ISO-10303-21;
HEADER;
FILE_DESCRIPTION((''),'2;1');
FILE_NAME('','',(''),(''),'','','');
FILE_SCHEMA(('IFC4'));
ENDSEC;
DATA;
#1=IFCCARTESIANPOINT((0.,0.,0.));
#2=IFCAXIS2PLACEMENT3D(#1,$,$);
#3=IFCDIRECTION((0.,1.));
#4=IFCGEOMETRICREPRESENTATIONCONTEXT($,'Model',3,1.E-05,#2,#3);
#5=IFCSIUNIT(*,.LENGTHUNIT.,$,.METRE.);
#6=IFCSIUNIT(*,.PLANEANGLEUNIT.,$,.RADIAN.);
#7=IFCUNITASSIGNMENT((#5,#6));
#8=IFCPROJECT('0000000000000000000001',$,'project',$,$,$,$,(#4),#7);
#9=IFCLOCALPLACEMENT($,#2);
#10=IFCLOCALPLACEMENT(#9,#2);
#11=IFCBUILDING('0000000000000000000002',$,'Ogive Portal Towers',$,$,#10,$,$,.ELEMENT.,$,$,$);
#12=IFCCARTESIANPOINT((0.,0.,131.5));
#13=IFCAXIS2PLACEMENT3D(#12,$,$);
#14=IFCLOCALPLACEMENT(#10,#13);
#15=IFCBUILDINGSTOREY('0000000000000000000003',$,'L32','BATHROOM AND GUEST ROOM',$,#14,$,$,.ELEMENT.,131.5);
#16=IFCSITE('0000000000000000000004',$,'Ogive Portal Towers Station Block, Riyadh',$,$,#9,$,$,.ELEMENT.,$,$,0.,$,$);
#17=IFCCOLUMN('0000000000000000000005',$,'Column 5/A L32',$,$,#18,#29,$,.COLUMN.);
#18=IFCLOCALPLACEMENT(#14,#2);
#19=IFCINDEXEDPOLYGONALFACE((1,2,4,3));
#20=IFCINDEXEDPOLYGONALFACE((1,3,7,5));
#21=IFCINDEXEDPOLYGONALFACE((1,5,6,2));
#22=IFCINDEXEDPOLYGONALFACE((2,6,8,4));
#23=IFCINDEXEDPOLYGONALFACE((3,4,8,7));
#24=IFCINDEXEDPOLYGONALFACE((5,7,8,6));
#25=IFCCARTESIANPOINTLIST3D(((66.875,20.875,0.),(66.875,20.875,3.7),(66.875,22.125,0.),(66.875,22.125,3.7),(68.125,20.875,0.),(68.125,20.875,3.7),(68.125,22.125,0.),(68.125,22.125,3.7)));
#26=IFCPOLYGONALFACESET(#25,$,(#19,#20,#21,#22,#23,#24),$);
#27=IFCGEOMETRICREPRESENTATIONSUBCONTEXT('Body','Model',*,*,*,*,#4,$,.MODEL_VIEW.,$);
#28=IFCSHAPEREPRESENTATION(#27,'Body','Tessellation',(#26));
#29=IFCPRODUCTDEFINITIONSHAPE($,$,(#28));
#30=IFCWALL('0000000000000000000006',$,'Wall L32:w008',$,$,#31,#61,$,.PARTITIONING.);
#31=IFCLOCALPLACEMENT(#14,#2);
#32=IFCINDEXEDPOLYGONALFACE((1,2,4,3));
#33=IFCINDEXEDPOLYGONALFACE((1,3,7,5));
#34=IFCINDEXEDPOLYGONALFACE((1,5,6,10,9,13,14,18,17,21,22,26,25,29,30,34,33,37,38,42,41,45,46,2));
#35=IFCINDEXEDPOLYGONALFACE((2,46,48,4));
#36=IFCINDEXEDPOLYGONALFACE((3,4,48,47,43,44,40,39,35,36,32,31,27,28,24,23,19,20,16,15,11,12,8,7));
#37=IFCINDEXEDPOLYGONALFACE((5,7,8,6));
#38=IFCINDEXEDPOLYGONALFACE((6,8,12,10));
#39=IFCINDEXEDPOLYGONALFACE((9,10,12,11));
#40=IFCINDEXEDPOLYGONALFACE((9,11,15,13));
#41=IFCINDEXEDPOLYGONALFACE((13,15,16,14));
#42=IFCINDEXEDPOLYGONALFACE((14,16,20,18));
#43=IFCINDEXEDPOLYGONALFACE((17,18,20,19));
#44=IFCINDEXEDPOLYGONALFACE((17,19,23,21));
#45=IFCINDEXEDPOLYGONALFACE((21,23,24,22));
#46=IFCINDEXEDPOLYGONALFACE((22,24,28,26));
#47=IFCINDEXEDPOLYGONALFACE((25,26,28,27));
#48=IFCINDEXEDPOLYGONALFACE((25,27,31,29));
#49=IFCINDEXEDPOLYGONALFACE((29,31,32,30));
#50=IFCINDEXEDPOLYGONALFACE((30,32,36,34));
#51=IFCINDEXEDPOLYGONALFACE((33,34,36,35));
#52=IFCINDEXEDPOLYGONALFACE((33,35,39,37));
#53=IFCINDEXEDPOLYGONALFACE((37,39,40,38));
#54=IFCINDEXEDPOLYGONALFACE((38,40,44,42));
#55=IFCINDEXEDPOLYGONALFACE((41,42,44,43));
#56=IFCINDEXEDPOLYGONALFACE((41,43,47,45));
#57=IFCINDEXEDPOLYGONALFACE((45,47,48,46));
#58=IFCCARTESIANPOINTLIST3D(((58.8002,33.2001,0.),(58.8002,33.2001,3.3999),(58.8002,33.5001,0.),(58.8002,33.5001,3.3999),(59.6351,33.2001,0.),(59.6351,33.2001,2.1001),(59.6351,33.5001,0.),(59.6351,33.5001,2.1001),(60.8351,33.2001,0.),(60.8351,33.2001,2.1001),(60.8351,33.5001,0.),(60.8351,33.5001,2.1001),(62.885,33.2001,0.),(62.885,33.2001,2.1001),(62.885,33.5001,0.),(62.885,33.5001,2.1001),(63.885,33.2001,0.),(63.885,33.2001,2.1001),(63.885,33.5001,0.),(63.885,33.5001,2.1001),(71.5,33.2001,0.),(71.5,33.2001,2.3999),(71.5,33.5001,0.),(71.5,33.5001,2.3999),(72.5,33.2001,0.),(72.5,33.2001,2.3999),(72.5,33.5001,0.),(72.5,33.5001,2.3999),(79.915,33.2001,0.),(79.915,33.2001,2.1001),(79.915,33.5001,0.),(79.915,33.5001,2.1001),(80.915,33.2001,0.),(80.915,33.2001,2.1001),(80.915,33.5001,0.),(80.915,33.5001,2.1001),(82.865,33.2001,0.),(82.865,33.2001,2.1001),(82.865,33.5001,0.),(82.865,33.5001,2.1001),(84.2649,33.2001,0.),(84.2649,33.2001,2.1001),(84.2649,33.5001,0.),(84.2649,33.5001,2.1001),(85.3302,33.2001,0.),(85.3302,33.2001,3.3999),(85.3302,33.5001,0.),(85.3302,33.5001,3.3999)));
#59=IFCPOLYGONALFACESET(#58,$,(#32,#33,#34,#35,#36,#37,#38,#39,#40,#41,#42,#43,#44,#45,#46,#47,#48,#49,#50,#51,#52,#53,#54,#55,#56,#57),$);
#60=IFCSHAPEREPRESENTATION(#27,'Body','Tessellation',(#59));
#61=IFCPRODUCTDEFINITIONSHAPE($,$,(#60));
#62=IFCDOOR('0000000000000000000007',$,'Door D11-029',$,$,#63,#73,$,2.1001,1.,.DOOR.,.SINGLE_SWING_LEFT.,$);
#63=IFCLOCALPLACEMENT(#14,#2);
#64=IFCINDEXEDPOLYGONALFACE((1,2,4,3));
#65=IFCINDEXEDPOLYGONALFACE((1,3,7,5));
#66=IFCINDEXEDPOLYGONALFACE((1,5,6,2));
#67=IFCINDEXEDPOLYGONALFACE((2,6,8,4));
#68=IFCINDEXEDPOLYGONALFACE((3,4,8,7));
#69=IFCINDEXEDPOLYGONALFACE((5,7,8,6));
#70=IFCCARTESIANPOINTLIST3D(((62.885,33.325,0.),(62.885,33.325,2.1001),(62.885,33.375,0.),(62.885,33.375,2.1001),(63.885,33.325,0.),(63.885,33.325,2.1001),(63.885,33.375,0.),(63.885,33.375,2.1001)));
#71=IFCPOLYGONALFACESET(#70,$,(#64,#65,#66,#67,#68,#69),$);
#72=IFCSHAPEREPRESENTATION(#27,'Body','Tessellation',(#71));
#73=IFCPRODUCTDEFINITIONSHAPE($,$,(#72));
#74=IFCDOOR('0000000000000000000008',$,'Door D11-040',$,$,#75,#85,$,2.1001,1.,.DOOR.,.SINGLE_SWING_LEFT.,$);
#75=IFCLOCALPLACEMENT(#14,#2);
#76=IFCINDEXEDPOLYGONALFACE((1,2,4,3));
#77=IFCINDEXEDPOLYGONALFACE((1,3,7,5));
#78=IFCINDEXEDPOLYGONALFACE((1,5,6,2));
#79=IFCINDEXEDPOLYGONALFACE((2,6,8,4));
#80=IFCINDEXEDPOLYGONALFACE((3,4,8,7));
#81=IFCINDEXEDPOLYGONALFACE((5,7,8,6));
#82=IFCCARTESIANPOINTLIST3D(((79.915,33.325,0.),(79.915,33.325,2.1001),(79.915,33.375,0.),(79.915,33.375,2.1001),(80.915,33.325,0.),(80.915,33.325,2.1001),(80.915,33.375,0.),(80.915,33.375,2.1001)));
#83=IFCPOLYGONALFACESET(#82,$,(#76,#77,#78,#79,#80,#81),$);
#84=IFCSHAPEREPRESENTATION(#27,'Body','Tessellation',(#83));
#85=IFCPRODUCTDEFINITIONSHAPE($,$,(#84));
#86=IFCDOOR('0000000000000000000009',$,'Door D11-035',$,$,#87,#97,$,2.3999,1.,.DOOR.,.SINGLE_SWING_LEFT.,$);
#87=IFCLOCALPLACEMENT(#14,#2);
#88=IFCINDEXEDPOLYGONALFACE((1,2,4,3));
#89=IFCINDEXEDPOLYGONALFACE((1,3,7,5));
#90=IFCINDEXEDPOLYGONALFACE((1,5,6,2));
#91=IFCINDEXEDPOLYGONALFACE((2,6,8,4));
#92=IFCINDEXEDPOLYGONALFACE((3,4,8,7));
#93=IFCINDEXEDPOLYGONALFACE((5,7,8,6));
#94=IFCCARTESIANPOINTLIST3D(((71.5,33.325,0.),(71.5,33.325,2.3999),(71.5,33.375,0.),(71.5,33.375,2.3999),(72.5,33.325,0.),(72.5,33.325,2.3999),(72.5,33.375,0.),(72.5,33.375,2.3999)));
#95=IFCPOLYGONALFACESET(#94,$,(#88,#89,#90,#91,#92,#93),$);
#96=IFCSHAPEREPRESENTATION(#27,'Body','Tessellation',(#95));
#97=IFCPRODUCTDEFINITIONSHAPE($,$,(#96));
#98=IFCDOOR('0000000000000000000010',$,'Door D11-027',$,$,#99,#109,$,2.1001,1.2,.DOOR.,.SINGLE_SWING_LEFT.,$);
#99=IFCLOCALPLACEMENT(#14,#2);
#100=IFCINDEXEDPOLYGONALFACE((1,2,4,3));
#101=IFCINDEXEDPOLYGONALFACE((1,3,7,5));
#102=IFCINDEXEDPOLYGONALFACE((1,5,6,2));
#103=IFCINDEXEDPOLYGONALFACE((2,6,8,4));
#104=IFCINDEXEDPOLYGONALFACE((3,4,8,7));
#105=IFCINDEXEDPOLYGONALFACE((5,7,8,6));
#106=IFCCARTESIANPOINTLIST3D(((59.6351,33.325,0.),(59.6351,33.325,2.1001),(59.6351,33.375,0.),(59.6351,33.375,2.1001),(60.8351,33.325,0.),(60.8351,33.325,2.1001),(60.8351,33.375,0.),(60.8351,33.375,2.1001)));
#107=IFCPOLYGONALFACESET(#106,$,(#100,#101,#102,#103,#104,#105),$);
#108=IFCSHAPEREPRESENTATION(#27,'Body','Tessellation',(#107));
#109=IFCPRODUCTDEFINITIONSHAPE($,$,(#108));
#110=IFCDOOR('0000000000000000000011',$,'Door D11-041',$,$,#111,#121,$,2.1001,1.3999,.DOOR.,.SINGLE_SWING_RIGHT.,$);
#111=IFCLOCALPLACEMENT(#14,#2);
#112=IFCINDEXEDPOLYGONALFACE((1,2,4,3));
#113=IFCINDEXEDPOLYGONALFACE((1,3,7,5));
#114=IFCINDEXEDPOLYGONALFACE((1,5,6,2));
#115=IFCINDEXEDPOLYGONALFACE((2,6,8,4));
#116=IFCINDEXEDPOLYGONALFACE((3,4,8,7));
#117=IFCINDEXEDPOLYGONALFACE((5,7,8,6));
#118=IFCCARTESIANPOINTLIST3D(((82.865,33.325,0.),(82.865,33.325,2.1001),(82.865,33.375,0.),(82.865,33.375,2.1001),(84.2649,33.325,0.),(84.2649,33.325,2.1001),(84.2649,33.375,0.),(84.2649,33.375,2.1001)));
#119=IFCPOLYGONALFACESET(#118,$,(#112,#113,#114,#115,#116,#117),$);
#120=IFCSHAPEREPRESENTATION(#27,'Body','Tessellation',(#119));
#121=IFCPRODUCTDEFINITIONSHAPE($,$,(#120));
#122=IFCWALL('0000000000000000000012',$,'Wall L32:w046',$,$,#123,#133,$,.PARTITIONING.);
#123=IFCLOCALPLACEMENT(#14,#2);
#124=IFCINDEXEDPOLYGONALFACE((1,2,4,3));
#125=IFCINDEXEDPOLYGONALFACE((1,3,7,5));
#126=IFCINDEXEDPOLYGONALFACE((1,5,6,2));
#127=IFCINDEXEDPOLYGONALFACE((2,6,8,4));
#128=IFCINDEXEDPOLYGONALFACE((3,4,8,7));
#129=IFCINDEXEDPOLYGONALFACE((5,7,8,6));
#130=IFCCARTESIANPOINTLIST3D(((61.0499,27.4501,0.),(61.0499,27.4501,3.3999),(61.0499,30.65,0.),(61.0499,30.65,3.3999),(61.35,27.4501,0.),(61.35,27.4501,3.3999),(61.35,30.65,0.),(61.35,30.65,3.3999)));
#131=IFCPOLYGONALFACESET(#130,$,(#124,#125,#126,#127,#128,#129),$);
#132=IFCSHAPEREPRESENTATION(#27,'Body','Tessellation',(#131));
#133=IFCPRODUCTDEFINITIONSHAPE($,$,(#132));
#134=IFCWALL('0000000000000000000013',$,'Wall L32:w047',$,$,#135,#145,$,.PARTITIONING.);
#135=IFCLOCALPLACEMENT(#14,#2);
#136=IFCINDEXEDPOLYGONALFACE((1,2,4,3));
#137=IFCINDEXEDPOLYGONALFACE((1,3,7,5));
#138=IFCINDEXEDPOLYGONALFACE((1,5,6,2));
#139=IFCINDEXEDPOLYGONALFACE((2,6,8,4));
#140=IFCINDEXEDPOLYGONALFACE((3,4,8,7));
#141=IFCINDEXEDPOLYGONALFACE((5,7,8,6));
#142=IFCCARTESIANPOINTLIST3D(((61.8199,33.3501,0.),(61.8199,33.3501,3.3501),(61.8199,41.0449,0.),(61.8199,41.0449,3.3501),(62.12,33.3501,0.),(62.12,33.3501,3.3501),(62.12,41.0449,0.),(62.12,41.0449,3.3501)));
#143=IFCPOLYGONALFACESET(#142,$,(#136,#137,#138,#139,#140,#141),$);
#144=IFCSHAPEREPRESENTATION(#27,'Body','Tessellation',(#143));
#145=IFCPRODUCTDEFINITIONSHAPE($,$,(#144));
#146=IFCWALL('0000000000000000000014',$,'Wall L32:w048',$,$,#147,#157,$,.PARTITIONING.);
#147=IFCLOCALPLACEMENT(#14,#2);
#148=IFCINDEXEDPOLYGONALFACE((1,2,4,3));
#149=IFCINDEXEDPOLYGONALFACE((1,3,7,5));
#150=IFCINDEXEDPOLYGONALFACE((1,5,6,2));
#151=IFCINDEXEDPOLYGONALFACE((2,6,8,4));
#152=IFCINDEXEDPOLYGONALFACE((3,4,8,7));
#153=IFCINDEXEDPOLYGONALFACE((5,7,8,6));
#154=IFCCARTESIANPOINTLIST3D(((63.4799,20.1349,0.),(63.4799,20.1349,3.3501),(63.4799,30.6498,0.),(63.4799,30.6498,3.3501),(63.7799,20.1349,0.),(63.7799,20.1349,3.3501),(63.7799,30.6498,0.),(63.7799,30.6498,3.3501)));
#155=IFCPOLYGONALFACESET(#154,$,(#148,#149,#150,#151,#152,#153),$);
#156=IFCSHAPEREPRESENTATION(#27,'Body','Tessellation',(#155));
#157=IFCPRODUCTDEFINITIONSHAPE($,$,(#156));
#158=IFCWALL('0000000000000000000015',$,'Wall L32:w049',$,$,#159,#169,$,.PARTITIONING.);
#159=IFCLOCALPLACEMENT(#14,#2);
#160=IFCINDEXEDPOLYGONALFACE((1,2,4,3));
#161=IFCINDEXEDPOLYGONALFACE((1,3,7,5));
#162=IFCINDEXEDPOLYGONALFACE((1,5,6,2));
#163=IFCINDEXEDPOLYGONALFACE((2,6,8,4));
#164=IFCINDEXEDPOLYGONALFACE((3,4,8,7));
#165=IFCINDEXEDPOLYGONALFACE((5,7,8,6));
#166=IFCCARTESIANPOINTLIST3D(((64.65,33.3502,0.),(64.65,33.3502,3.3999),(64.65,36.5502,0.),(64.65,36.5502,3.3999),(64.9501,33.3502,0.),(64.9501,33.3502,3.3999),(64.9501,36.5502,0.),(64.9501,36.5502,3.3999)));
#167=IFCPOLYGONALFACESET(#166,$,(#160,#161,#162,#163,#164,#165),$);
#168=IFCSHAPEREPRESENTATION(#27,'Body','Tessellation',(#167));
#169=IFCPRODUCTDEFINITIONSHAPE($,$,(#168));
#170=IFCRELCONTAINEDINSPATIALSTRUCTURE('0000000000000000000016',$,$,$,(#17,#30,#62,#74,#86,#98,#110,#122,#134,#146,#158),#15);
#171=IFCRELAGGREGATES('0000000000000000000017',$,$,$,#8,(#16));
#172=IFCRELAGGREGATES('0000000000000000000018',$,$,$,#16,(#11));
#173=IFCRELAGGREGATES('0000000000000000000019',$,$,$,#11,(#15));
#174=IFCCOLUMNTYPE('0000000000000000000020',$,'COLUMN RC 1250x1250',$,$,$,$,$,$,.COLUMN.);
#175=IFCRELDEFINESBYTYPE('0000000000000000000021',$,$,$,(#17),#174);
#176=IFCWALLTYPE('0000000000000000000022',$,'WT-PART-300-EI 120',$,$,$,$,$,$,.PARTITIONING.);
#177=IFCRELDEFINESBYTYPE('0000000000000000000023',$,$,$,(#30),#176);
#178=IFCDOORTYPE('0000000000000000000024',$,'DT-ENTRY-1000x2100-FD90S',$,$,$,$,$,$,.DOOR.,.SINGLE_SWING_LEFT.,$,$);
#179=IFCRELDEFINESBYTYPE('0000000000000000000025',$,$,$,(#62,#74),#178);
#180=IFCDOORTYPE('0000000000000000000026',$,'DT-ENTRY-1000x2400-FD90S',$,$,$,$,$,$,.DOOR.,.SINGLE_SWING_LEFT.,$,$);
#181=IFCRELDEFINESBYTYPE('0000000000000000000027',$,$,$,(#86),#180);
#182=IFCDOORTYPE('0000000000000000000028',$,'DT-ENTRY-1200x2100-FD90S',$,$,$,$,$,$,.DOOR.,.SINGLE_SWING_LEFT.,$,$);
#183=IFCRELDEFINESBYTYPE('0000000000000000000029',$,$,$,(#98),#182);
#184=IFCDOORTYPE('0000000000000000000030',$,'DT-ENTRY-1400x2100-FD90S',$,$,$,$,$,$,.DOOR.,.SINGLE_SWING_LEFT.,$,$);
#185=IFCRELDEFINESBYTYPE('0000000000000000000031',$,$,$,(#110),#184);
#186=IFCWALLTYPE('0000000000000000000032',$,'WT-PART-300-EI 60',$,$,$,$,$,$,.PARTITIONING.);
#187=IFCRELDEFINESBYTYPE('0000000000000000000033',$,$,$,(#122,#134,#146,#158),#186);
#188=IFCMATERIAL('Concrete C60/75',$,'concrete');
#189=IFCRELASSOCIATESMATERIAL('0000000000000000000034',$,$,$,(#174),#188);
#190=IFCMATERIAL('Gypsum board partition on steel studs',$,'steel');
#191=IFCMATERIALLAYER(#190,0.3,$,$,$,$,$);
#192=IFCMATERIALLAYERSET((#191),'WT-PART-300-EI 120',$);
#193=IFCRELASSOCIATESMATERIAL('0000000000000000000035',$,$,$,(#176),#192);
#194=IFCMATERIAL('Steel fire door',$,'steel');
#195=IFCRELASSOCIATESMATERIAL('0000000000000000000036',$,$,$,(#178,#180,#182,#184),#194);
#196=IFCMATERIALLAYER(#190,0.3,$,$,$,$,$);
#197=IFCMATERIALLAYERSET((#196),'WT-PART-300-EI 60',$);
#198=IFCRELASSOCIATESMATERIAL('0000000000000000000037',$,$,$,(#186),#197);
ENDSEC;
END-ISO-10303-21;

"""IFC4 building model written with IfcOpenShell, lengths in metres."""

from ifc_helpers import new_model, si_unit, direction, frame, frame_2d, origin, origin_2d, place, context, subcontext, project, spatial, rectangle, extrude, material, layer, layer_set, material_profile, profile_set, type_object, element, fill, save


model = new_model("IFC4")

# Units and contexts
model_context = context("Model", 3, precision=1e-05, world=origin(), true_north=direction((0.0, 1.0)))
body_context = subcontext(model_context, "Body", "Model", "MODEL_VIEW")
ifc_project = project(units=[si_unit("LENGTHUNIT", "METRE"), si_unit("PLANEANGLEUNIT", "RADIAN")], contexts=[model_context])

# Site, building, storey
site_placement = place(None, origin())
site = spatial("IfcSite", under=ifc_project, at=site_placement, Name="Ogive Portal Towers Station Block, Riyadh", CompositionType="ELEMENT", RefElevation=0.0)
building_placement = place(site_placement, origin())
building = spatial("IfcBuilding", under=site, at=building_placement, Name="Ogive Portal Towers", CompositionType="ELEMENT")
storey_placement = place(building_placement, frame((0.0, 0.0, 131.5)))
storey = spatial("IfcBuildingStorey", under=building, at=storey_placement, Name="L32", Description="BATHROOM AND GUEST ROOM", CompositionType="ELEMENT", Elevation=131.5)

# Column
ifc_material_1 = material(Name="Concrete C60/75", Category="concrete")
ifc_material_profile = material_profile(ifc_material_1, rectangle(XDim=1.25, YDim=1.25, at=origin_2d()), Name="RC 1250x1250")
ifc_profile_set = profile_set([ifc_material_profile], Name="Concrete C60/75")
column_type = type_object("IfcColumnType", Name="COLUMN RC 1250x1250", PredefinedType="COLUMN", material=ifc_profile_set)
column_placement = place(storey_placement, frame((67.5, 21.5, 0.0), z_axis=(0.0, 0.0, 1.0), x_axis=(1.0, 0.0, 0.0)))
element("IfcColumn", 1, at=column_placement, inside=storey, type_object=column_type, Name="Column 5/A L32", PredefinedType="COLUMN", context=body_context, shape_type="SweptSolid", body=[
    extrude(rectangle(XDim=1.25, YDim=1.25, at=origin_2d()), origin(), (0.0, 0.0, 1.0), 3.7),
])

# Wall, openings, doors
ifc_material_2 = material(Name="Gypsum board partition on steel studs", Category="steel")
ifc_layer_1 = layer(ifc_material_2, 0.3)
ifc_layer_set_1 = layer_set([ifc_layer_1], Name="WT-PART-300-EI 120")
wall_type_1 = type_object("IfcWallType", Name="WT-PART-300-EI 120", PredefinedType="PARTITIONING", material=ifc_layer_set_1)
wall_1_placement = place(storey_placement, frame((58.8, 33.3501, 0.0), z_axis=(0.0, 0.0, 1.0), x_axis=(1.0, 0.0, 0.0)))
wall_1 = element("IfcWall", 2, at=wall_1_placement, inside=storey, type_object=wall_type_1, Name="Wall L32:w008", PredefinedType="PARTITIONING", context=body_context, shape_type="SweptSolid", body=[
    extrude(rectangle(XDim=26.53, YDim=0.3, at=frame_2d((13.2651, 0.0))), origin(), (0.0, 0.0, 1.0), 3.3999),
])
opening_1_placement = place(wall_1_placement, frame((0.835, 0.0, 0.0)))
opening_1 = element("IfcOpeningElement", 3, at=opening_1_placement, cuts=wall_1, PredefinedType="OPENING", context=body_context, shape_type="SweptSolid", body=[
    extrude(rectangle(XDim=1.2, YDim=2.1001, at=frame_2d((0.6001, 1.05))), frame((0.0, 0.1602, 0.0), z_axis=(0.0, -1.0, 0.0), x_axis=(1.0, 0.0, 0.0)), (0.0, 0.0, 1.0), 0.3201),
])
opening_2_placement = place(wall_1_placement, frame((4.085, 0.0, 0.0)))
opening_2 = element("IfcOpeningElement", 4, at=opening_2_placement, cuts=wall_1, PredefinedType="OPENING", context=body_context, shape_type="SweptSolid", body=[
    extrude(rectangle(XDim=1.0, YDim=2.1001, at=frame_2d((0.5, 1.05))), frame((0.0, 0.1602, 0.0), z_axis=(0.0, -1.0, 0.0), x_axis=(1.0, 0.0, 0.0)), (0.0, 0.0, 1.0), 0.3201),
])
opening_3_placement = place(wall_1_placement, frame((12.7, 0.0, 0.0)))
opening_3 = element("IfcOpeningElement", 5, at=opening_3_placement, cuts=wall_1, PredefinedType="OPENING", context=body_context, shape_type="SweptSolid", body=[
    extrude(rectangle(XDim=1.0, YDim=2.3999, at=frame_2d((0.5, 1.2))), frame((0.0, 0.1602, 0.0), z_axis=(0.0, -1.0, 0.0), x_axis=(1.0, 0.0, 0.0)), (0.0, 0.0, 1.0), 0.3201),
])
opening_4_placement = place(wall_1_placement, frame((21.115, 0.0, 0.0)))
opening_4 = element("IfcOpeningElement", 6, at=opening_4_placement, cuts=wall_1, PredefinedType="OPENING", context=body_context, shape_type="SweptSolid", body=[
    extrude(rectangle(XDim=1.0, YDim=2.1001, at=frame_2d((0.5, 1.05))), frame((0.0, 0.1602, 0.0), z_axis=(0.0, -1.0, 0.0), x_axis=(1.0, 0.0, 0.0)), (0.0, 0.0, 1.0), 0.3201),
])
opening_5_placement = place(wall_1_placement, frame((24.0649, 0.0, 0.0)))
opening_5 = element("IfcOpeningElement", 7, at=opening_5_placement, cuts=wall_1, PredefinedType="OPENING", context=body_context, shape_type="SweptSolid", body=[
    extrude(rectangle(XDim=1.3999, YDim=2.1001, at=frame_2d((0.7, 1.05))), frame((0.0, 0.1602, 0.0), z_axis=(0.0, -1.0, 0.0), x_axis=(1.0, 0.0, 0.0)), (0.0, 0.0, 1.0), 0.3201),
])
ifc_material_3 = material(Name="Steel fire door", Category="steel")
door_type_1 = type_object("IfcDoorType", Name="DT-ENTRY-1000x2100-FD90S", OperationType="SINGLE_SWING_LEFT", PredefinedType="DOOR", material=ifc_material_3)
door_1_placement = place(opening_2_placement, origin())
door_1 = element("IfcDoor", 8, at=door_1_placement, inside=storey, type_object=door_type_1, Name="Door D11-029", OperationType="SINGLE_SWING_LEFT", OverallHeight=2.1001, OverallWidth=1.0, PredefinedType="DOOR", context=body_context, shape_type="SweptSolid", body=[
    extrude(rectangle(XDim=1.0, YDim=2.1001, at=frame_2d((0.5, 1.05))), frame((0.0, 0.0249, 0.0), z_axis=(0.0, -1.0, 0.0), x_axis=(1.0, 0.0, 0.0)), (0.0, 0.0, 1.0), 0.05),
])
fill(opening_2, door_1)
door_2_placement = place(opening_4_placement, origin())
door_2 = element("IfcDoor", 9, at=door_2_placement, inside=storey, type_object=door_type_1, Name="Door D11-040", OperationType="SINGLE_SWING_LEFT", OverallHeight=2.1001, OverallWidth=1.0, PredefinedType="DOOR", context=body_context, shape_type="SweptSolid", body=[
    extrude(rectangle(XDim=1.0, YDim=2.1001, at=frame_2d((0.5, 1.05))), frame((0.0, 0.0249, 0.0), z_axis=(0.0, -1.0, 0.0), x_axis=(1.0, 0.0, 0.0)), (0.0, 0.0, 1.0), 0.05),
])
fill(opening_4, door_2)
door_type_2 = type_object("IfcDoorType", Name="DT-ENTRY-1000x2400-FD90S", OperationType="SINGLE_SWING_LEFT", PredefinedType="DOOR", material=ifc_material_3)
door_3_placement = place(opening_3_placement, origin())
door_3 = element("IfcDoor", 10, at=door_3_placement, inside=storey, type_object=door_type_2, Name="Door D11-035", OperationType="SINGLE_SWING_LEFT", OverallHeight=2.3999, OverallWidth=1.0, PredefinedType="DOOR", context=body_context, shape_type="SweptSolid", body=[
    extrude(rectangle(XDim=1.0, YDim=2.3999, at=frame_2d((0.5, 1.2))), frame((0.0, 0.0249, 0.0), z_axis=(0.0, -1.0, 0.0), x_axis=(1.0, 0.0, 0.0)), (0.0, 0.0, 1.0), 0.05),
])
fill(opening_3, door_3)
door_type_3 = type_object("IfcDoorType", Name="DT-ENTRY-1200x2100-FD90S", OperationType="SINGLE_SWING_LEFT", PredefinedType="DOOR", material=ifc_material_3)
door_4_placement = place(opening_1_placement, origin())
door_4 = element("IfcDoor", 11, at=door_4_placement, inside=storey, type_object=door_type_3, Name="Door D11-027", OperationType="SINGLE_SWING_LEFT", OverallHeight=2.1001, OverallWidth=1.2, PredefinedType="DOOR", context=body_context, shape_type="SweptSolid", body=[
    extrude(rectangle(XDim=1.2, YDim=2.1001, at=frame_2d((0.6001, 1.05))), frame((0.0, 0.0249, 0.0), z_axis=(0.0, -1.0, 0.0), x_axis=(1.0, 0.0, 0.0)), (0.0, 0.0, 1.0), 0.05),
])
fill(opening_1, door_4)
door_type_4 = type_object("IfcDoorType", Name="DT-ENTRY-1400x2100-FD90S", OperationType="SINGLE_SWING_LEFT", PredefinedType="DOOR", material=ifc_material_3)
door_5_placement = place(opening_5_placement, origin())
door_5 = element("IfcDoor", 12, at=door_5_placement, inside=storey, type_object=door_type_4, Name="Door D11-041", OperationType="SINGLE_SWING_RIGHT", OverallHeight=2.1001, OverallWidth=1.3999, PredefinedType="DOOR", context=body_context, shape_type="SweptSolid", body=[
    extrude(rectangle(XDim=1.3999, YDim=2.1001, at=frame_2d((0.7, 1.05))), frame((0.0, 0.0249, 0.0), z_axis=(0.0, -1.0, 0.0), x_axis=(1.0, 0.0, 0.0)), (0.0, 0.0, 1.0), 0.05),
])
fill(opening_5, door_5)

# Walls
ifc_layer_2 = layer(ifc_material_2, 0.3)
ifc_layer_set_2 = layer_set([ifc_layer_2], Name="WT-PART-300-EI 60")
wall_type_2 = type_object("IfcWallType", Name="WT-PART-300-EI 60", PredefinedType="PARTITIONING", material=ifc_layer_set_2)
wall_2_placement = place(storey_placement, frame((61.2, 27.45, 0.0), z_axis=(0.0, 0.0, 1.0), x_axis=(0.0, 1.0, 0.0)))
element("IfcWall", 13, at=wall_2_placement, inside=storey, type_object=wall_type_2, Name="Wall L32:w046", PredefinedType="PARTITIONING", context=body_context, shape_type="SweptSolid", body=[
    extrude(rectangle(XDim=3.2, YDim=0.3, at=frame_2d((1.6001, 0.0))), origin(), (0.0, 0.0, 1.0), 3.3999),
])
wall_3_placement = place(storey_placement, frame((61.97, 33.3501, 0.0), z_axis=(0.0, 0.0, 1.0), x_axis=(0.0, 1.0, 0.0)))
element("IfcWall", 14, at=wall_3_placement, inside=storey, type_object=wall_type_2, Name="Wall L32:w047", PredefinedType="PARTITIONING", context=body_context, shape_type="SweptSolid", body=[
    extrude(rectangle(XDim=7.6948, YDim=0.3, at=frame_2d((3.8474, 0.0))), origin(), (0.0, 0.0, 1.0), 3.3501),
])
wall_4_placement = place(storey_placement, frame((63.6299, 20.135, 0.0), z_axis=(0.0, 0.0, 1.0), x_axis=(0.0, 1.0, 0.0)))
element("IfcWall", 15, at=wall_4_placement, inside=storey, type_object=wall_type_2, Name="Wall L32:w048", PredefinedType="PARTITIONING", context=body_context, shape_type="SweptSolid", body=[
    extrude(rectangle(XDim=10.5149, YDim=0.3, at=frame_2d((5.2573, 0.0))), origin(), (0.0, 0.0, 1.0), 3.3501),
])
wall_5_placement = place(storey_placement, frame((64.8, 33.3501, 0.0), z_axis=(0.0, 0.0, 1.0), x_axis=(0.0, 1.0, 0.0)))
element("IfcWall", 16, at=wall_5_placement, inside=storey, type_object=wall_type_2, Name="Wall L32:w049", PredefinedType="PARTITIONING", context=body_context, shape_type="SweptSolid", body=[
    extrude(rectangle(XDim=3.2, YDim=0.3, at=frame_2d((1.6001, 0.0))), origin(), (0.0, 0.0, 1.0), 3.3999),
])

save(model, "model.ifc")
